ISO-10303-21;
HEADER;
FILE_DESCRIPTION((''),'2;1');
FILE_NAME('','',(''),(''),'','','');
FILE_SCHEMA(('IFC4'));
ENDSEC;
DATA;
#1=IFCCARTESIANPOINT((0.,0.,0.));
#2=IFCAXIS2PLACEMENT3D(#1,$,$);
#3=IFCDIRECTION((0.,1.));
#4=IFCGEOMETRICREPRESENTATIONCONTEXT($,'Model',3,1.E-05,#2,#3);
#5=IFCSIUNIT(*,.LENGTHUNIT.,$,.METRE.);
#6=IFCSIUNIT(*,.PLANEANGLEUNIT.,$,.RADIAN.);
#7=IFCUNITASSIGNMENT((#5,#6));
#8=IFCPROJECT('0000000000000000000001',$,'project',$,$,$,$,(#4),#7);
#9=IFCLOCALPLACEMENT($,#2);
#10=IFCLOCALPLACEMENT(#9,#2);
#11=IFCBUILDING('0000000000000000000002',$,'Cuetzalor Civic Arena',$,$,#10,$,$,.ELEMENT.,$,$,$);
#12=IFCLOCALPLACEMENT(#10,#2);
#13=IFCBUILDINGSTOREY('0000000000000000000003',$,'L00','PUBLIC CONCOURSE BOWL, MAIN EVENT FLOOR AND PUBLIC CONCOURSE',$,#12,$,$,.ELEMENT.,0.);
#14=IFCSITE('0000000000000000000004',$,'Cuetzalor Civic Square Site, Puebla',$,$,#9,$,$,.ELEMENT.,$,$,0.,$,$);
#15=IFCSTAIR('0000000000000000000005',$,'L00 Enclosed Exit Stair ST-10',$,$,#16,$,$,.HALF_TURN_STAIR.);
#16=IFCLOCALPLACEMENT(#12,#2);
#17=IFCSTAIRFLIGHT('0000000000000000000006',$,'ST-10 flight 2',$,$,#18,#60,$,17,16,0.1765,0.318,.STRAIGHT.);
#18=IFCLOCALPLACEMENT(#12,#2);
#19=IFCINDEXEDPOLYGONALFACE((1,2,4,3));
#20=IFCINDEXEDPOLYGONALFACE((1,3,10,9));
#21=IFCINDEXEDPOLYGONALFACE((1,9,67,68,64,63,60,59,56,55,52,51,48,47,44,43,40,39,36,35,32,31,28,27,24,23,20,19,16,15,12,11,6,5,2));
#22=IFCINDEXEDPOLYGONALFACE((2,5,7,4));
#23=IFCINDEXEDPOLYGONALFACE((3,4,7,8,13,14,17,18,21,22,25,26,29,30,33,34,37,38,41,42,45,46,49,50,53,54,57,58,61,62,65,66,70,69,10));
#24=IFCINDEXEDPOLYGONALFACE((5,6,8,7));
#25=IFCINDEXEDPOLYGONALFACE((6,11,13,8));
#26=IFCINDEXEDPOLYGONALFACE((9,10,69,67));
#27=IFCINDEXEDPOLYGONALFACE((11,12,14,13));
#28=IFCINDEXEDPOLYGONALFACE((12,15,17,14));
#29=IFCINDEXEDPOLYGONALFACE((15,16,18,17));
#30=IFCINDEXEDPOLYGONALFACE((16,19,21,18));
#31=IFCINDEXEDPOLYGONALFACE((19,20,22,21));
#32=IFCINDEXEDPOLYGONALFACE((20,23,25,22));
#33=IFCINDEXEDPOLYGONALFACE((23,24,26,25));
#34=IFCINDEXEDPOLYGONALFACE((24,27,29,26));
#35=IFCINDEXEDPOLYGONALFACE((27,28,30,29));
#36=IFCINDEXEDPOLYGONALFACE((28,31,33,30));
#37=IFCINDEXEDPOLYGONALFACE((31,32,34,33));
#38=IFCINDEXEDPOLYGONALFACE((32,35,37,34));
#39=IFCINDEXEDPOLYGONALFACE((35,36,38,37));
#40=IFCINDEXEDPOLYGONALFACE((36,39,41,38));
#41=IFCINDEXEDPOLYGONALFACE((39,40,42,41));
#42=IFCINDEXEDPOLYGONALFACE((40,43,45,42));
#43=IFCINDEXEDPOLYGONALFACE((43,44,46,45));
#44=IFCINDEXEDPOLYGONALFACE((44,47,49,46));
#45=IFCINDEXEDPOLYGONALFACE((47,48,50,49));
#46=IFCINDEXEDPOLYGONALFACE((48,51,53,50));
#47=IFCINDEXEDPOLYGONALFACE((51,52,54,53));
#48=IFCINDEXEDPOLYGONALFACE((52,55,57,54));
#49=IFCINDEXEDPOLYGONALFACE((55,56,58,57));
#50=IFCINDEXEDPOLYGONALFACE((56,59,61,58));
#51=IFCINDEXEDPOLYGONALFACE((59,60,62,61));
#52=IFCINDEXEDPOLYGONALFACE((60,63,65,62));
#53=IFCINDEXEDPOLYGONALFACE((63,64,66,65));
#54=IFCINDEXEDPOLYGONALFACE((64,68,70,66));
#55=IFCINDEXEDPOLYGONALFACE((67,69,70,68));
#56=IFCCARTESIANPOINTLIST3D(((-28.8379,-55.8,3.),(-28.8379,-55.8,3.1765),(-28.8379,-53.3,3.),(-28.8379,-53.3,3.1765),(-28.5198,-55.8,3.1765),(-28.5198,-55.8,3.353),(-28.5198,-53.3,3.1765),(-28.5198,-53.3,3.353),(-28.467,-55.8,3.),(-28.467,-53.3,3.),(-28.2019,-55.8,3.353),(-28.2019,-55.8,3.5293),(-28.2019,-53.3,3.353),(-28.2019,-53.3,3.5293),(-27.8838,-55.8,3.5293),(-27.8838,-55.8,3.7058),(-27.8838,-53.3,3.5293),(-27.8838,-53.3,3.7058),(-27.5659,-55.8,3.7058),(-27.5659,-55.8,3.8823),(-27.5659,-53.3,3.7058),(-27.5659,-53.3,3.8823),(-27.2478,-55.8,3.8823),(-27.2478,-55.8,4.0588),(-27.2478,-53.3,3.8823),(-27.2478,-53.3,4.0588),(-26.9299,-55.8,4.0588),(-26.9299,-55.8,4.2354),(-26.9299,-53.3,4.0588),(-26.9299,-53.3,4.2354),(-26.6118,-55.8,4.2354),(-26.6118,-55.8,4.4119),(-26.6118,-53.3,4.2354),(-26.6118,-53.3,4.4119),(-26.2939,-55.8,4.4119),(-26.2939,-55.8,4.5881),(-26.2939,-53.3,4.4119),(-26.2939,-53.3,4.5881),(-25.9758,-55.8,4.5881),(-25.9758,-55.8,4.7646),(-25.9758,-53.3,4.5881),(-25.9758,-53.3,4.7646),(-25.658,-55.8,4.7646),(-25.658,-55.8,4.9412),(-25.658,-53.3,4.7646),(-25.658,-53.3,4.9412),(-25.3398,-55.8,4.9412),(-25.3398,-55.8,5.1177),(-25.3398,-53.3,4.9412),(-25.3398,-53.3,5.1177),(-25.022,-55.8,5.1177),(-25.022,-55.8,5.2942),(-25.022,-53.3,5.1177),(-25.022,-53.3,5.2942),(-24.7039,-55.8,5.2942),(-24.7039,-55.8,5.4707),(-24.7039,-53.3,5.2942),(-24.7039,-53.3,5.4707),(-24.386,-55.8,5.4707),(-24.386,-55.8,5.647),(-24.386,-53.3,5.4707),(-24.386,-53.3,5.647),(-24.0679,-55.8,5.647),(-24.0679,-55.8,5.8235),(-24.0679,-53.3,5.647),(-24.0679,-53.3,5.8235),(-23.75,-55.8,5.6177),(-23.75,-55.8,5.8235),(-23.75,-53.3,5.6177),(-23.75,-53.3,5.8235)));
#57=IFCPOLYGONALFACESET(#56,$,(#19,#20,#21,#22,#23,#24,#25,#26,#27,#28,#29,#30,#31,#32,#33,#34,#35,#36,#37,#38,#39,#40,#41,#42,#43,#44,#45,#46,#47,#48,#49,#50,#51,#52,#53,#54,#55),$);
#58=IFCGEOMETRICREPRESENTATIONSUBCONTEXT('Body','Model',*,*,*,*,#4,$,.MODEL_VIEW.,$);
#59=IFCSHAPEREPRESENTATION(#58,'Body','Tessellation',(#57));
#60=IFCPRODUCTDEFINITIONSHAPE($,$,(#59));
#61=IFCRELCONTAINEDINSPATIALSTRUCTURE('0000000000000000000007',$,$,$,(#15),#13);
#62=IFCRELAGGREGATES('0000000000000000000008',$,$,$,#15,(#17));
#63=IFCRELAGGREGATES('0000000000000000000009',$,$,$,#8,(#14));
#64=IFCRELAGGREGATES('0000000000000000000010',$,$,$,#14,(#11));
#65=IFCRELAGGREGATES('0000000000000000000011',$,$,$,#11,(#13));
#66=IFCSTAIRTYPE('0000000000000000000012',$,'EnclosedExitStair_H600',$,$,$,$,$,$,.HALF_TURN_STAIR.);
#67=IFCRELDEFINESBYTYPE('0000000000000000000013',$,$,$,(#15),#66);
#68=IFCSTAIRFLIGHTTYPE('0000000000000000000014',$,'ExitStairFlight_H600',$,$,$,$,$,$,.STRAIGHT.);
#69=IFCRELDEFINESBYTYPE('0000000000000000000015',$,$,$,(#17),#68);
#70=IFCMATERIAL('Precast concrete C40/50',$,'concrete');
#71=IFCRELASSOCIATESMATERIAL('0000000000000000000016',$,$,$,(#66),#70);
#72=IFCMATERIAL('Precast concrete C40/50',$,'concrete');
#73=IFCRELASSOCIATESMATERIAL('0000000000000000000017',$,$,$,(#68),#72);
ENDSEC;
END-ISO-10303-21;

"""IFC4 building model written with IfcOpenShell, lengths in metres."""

from ifc_helpers import new_model, si_unit, direction, frame, origin, place, context, subcontext, project, spatial, polyline, outline, extrude, material, type_object, element, aggregate, save


model = new_model("IFC4")

# Units and contexts
model_context = context("Model", 3, precision=1e-05, world=origin(), true_north=direction((0.0, 1.0)))
body_context = subcontext(model_context, "Body", "Model", "MODEL_VIEW")
ifc_project = project(units=[si_unit("LENGTHUNIT", "METRE"), si_unit("PLANEANGLEUNIT", "RADIAN")], contexts=[model_context])

# Site, building, storey
site_placement = place(None, origin())
site = spatial("IfcSite", under=ifc_project, at=site_placement, Name="Cuetzalor Civic Square Site, Puebla", CompositionType="ELEMENT", RefElevation=0.0)
building_placement = place(site_placement, origin())
building = spatial("IfcBuilding", under=site, at=building_placement, Name="Cuetzalor Civic Arena", CompositionType="ELEMENT")
storey_placement = place(building_placement, origin())
storey = spatial("IfcBuildingStorey", under=building, at=storey_placement, Name="L00", Description="PUBLIC CONCOURSE BOWL, MAIN EVENT FLOOR AND PUBLIC CONCOURSE", CompositionType="ELEMENT", Elevation=0.0)

# Stair, stair flight
ifc_material_1 = material(Name="Precast concrete C40/50", Category="concrete")
stair_type = type_object("IfcStairType", Name="EnclosedExitStair_H600", PredefinedType="HALF_TURN_STAIR", material=ifc_material_1)
stair_placement = place(storey_placement, origin())
stair = element("IfcStair", 1, at=stair_placement, inside=storey, type_object=stair_type, Name="L00 Enclosed Exit Stair ST-10", PredefinedType="HALF_TURN_STAIR")
ifc_material_2 = material(Name="Precast concrete C40/50", Category="concrete")
stair_flight_type = type_object("IfcStairFlightType", Name="ExitStairFlight_H600", PredefinedType="STRAIGHT", material=ifc_material_2)
stair_flight_1_placement = place(storey_placement, frame((-28.8379, -54.55, 3.0), z_axis=(0.0, 0.0, 1.0), x_axis=(1.0, 0.0, 0.0)))
stair_flight_1 = element("IfcStairFlight", 2, at=stair_flight_1_placement, type_object=stair_flight_type, Name="ST-10 flight 2", NumberOfRisers=17, NumberOfTreads=16, PredefinedType="STRAIGHT", RiserHeight=0.1765, TreadLength=0.318, context=body_context, shape_type="SweptSolid", body=[
    extrude(outline(polyline([(0.0, 0.0), (0.0, 0.1765), (0.3181, 0.1765), (0.3181, 0.353), (0.636, 0.353), (0.636, 0.5293), (0.9541, 0.5293), (0.9541, 0.7058), (1.272, 0.7058), (1.272, 0.8823), (1.5901, 0.8823), (1.5901, 1.0588), (1.908, 1.0588), (1.908, 1.2354), (2.2261, 1.2354), (2.2261, 1.4119), (2.5439, 1.4119), (2.5439, 1.5881), (2.8621, 1.5881), (2.8621, 1.7646), (3.1799, 1.7646), (3.1799, 1.9412), (3.498, 1.9412), (3.498, 2.1177), (3.8159, 2.1177), (3.8159, 2.2942), (4.134, 2.2942), (4.134, 2.4707), (4.4519, 2.4707), (4.4519, 2.647), (4.77, 2.647), (4.77, 2.8235), (5.0879, 2.8235), (5.0879, 3.0), (5.0879, 2.6177), (0.3708, 0.0), (0.0, 0.0)])), frame((0.0, 1.25, 0.0), z_axis=(0.0, -1.0, 0.0), x_axis=(1.0, 0.0, 0.0)), (0.0, 0.0, 1.0), 2.5),
])
aggregate(stair, [stair_flight_1])

save(model, "model.ifc")
